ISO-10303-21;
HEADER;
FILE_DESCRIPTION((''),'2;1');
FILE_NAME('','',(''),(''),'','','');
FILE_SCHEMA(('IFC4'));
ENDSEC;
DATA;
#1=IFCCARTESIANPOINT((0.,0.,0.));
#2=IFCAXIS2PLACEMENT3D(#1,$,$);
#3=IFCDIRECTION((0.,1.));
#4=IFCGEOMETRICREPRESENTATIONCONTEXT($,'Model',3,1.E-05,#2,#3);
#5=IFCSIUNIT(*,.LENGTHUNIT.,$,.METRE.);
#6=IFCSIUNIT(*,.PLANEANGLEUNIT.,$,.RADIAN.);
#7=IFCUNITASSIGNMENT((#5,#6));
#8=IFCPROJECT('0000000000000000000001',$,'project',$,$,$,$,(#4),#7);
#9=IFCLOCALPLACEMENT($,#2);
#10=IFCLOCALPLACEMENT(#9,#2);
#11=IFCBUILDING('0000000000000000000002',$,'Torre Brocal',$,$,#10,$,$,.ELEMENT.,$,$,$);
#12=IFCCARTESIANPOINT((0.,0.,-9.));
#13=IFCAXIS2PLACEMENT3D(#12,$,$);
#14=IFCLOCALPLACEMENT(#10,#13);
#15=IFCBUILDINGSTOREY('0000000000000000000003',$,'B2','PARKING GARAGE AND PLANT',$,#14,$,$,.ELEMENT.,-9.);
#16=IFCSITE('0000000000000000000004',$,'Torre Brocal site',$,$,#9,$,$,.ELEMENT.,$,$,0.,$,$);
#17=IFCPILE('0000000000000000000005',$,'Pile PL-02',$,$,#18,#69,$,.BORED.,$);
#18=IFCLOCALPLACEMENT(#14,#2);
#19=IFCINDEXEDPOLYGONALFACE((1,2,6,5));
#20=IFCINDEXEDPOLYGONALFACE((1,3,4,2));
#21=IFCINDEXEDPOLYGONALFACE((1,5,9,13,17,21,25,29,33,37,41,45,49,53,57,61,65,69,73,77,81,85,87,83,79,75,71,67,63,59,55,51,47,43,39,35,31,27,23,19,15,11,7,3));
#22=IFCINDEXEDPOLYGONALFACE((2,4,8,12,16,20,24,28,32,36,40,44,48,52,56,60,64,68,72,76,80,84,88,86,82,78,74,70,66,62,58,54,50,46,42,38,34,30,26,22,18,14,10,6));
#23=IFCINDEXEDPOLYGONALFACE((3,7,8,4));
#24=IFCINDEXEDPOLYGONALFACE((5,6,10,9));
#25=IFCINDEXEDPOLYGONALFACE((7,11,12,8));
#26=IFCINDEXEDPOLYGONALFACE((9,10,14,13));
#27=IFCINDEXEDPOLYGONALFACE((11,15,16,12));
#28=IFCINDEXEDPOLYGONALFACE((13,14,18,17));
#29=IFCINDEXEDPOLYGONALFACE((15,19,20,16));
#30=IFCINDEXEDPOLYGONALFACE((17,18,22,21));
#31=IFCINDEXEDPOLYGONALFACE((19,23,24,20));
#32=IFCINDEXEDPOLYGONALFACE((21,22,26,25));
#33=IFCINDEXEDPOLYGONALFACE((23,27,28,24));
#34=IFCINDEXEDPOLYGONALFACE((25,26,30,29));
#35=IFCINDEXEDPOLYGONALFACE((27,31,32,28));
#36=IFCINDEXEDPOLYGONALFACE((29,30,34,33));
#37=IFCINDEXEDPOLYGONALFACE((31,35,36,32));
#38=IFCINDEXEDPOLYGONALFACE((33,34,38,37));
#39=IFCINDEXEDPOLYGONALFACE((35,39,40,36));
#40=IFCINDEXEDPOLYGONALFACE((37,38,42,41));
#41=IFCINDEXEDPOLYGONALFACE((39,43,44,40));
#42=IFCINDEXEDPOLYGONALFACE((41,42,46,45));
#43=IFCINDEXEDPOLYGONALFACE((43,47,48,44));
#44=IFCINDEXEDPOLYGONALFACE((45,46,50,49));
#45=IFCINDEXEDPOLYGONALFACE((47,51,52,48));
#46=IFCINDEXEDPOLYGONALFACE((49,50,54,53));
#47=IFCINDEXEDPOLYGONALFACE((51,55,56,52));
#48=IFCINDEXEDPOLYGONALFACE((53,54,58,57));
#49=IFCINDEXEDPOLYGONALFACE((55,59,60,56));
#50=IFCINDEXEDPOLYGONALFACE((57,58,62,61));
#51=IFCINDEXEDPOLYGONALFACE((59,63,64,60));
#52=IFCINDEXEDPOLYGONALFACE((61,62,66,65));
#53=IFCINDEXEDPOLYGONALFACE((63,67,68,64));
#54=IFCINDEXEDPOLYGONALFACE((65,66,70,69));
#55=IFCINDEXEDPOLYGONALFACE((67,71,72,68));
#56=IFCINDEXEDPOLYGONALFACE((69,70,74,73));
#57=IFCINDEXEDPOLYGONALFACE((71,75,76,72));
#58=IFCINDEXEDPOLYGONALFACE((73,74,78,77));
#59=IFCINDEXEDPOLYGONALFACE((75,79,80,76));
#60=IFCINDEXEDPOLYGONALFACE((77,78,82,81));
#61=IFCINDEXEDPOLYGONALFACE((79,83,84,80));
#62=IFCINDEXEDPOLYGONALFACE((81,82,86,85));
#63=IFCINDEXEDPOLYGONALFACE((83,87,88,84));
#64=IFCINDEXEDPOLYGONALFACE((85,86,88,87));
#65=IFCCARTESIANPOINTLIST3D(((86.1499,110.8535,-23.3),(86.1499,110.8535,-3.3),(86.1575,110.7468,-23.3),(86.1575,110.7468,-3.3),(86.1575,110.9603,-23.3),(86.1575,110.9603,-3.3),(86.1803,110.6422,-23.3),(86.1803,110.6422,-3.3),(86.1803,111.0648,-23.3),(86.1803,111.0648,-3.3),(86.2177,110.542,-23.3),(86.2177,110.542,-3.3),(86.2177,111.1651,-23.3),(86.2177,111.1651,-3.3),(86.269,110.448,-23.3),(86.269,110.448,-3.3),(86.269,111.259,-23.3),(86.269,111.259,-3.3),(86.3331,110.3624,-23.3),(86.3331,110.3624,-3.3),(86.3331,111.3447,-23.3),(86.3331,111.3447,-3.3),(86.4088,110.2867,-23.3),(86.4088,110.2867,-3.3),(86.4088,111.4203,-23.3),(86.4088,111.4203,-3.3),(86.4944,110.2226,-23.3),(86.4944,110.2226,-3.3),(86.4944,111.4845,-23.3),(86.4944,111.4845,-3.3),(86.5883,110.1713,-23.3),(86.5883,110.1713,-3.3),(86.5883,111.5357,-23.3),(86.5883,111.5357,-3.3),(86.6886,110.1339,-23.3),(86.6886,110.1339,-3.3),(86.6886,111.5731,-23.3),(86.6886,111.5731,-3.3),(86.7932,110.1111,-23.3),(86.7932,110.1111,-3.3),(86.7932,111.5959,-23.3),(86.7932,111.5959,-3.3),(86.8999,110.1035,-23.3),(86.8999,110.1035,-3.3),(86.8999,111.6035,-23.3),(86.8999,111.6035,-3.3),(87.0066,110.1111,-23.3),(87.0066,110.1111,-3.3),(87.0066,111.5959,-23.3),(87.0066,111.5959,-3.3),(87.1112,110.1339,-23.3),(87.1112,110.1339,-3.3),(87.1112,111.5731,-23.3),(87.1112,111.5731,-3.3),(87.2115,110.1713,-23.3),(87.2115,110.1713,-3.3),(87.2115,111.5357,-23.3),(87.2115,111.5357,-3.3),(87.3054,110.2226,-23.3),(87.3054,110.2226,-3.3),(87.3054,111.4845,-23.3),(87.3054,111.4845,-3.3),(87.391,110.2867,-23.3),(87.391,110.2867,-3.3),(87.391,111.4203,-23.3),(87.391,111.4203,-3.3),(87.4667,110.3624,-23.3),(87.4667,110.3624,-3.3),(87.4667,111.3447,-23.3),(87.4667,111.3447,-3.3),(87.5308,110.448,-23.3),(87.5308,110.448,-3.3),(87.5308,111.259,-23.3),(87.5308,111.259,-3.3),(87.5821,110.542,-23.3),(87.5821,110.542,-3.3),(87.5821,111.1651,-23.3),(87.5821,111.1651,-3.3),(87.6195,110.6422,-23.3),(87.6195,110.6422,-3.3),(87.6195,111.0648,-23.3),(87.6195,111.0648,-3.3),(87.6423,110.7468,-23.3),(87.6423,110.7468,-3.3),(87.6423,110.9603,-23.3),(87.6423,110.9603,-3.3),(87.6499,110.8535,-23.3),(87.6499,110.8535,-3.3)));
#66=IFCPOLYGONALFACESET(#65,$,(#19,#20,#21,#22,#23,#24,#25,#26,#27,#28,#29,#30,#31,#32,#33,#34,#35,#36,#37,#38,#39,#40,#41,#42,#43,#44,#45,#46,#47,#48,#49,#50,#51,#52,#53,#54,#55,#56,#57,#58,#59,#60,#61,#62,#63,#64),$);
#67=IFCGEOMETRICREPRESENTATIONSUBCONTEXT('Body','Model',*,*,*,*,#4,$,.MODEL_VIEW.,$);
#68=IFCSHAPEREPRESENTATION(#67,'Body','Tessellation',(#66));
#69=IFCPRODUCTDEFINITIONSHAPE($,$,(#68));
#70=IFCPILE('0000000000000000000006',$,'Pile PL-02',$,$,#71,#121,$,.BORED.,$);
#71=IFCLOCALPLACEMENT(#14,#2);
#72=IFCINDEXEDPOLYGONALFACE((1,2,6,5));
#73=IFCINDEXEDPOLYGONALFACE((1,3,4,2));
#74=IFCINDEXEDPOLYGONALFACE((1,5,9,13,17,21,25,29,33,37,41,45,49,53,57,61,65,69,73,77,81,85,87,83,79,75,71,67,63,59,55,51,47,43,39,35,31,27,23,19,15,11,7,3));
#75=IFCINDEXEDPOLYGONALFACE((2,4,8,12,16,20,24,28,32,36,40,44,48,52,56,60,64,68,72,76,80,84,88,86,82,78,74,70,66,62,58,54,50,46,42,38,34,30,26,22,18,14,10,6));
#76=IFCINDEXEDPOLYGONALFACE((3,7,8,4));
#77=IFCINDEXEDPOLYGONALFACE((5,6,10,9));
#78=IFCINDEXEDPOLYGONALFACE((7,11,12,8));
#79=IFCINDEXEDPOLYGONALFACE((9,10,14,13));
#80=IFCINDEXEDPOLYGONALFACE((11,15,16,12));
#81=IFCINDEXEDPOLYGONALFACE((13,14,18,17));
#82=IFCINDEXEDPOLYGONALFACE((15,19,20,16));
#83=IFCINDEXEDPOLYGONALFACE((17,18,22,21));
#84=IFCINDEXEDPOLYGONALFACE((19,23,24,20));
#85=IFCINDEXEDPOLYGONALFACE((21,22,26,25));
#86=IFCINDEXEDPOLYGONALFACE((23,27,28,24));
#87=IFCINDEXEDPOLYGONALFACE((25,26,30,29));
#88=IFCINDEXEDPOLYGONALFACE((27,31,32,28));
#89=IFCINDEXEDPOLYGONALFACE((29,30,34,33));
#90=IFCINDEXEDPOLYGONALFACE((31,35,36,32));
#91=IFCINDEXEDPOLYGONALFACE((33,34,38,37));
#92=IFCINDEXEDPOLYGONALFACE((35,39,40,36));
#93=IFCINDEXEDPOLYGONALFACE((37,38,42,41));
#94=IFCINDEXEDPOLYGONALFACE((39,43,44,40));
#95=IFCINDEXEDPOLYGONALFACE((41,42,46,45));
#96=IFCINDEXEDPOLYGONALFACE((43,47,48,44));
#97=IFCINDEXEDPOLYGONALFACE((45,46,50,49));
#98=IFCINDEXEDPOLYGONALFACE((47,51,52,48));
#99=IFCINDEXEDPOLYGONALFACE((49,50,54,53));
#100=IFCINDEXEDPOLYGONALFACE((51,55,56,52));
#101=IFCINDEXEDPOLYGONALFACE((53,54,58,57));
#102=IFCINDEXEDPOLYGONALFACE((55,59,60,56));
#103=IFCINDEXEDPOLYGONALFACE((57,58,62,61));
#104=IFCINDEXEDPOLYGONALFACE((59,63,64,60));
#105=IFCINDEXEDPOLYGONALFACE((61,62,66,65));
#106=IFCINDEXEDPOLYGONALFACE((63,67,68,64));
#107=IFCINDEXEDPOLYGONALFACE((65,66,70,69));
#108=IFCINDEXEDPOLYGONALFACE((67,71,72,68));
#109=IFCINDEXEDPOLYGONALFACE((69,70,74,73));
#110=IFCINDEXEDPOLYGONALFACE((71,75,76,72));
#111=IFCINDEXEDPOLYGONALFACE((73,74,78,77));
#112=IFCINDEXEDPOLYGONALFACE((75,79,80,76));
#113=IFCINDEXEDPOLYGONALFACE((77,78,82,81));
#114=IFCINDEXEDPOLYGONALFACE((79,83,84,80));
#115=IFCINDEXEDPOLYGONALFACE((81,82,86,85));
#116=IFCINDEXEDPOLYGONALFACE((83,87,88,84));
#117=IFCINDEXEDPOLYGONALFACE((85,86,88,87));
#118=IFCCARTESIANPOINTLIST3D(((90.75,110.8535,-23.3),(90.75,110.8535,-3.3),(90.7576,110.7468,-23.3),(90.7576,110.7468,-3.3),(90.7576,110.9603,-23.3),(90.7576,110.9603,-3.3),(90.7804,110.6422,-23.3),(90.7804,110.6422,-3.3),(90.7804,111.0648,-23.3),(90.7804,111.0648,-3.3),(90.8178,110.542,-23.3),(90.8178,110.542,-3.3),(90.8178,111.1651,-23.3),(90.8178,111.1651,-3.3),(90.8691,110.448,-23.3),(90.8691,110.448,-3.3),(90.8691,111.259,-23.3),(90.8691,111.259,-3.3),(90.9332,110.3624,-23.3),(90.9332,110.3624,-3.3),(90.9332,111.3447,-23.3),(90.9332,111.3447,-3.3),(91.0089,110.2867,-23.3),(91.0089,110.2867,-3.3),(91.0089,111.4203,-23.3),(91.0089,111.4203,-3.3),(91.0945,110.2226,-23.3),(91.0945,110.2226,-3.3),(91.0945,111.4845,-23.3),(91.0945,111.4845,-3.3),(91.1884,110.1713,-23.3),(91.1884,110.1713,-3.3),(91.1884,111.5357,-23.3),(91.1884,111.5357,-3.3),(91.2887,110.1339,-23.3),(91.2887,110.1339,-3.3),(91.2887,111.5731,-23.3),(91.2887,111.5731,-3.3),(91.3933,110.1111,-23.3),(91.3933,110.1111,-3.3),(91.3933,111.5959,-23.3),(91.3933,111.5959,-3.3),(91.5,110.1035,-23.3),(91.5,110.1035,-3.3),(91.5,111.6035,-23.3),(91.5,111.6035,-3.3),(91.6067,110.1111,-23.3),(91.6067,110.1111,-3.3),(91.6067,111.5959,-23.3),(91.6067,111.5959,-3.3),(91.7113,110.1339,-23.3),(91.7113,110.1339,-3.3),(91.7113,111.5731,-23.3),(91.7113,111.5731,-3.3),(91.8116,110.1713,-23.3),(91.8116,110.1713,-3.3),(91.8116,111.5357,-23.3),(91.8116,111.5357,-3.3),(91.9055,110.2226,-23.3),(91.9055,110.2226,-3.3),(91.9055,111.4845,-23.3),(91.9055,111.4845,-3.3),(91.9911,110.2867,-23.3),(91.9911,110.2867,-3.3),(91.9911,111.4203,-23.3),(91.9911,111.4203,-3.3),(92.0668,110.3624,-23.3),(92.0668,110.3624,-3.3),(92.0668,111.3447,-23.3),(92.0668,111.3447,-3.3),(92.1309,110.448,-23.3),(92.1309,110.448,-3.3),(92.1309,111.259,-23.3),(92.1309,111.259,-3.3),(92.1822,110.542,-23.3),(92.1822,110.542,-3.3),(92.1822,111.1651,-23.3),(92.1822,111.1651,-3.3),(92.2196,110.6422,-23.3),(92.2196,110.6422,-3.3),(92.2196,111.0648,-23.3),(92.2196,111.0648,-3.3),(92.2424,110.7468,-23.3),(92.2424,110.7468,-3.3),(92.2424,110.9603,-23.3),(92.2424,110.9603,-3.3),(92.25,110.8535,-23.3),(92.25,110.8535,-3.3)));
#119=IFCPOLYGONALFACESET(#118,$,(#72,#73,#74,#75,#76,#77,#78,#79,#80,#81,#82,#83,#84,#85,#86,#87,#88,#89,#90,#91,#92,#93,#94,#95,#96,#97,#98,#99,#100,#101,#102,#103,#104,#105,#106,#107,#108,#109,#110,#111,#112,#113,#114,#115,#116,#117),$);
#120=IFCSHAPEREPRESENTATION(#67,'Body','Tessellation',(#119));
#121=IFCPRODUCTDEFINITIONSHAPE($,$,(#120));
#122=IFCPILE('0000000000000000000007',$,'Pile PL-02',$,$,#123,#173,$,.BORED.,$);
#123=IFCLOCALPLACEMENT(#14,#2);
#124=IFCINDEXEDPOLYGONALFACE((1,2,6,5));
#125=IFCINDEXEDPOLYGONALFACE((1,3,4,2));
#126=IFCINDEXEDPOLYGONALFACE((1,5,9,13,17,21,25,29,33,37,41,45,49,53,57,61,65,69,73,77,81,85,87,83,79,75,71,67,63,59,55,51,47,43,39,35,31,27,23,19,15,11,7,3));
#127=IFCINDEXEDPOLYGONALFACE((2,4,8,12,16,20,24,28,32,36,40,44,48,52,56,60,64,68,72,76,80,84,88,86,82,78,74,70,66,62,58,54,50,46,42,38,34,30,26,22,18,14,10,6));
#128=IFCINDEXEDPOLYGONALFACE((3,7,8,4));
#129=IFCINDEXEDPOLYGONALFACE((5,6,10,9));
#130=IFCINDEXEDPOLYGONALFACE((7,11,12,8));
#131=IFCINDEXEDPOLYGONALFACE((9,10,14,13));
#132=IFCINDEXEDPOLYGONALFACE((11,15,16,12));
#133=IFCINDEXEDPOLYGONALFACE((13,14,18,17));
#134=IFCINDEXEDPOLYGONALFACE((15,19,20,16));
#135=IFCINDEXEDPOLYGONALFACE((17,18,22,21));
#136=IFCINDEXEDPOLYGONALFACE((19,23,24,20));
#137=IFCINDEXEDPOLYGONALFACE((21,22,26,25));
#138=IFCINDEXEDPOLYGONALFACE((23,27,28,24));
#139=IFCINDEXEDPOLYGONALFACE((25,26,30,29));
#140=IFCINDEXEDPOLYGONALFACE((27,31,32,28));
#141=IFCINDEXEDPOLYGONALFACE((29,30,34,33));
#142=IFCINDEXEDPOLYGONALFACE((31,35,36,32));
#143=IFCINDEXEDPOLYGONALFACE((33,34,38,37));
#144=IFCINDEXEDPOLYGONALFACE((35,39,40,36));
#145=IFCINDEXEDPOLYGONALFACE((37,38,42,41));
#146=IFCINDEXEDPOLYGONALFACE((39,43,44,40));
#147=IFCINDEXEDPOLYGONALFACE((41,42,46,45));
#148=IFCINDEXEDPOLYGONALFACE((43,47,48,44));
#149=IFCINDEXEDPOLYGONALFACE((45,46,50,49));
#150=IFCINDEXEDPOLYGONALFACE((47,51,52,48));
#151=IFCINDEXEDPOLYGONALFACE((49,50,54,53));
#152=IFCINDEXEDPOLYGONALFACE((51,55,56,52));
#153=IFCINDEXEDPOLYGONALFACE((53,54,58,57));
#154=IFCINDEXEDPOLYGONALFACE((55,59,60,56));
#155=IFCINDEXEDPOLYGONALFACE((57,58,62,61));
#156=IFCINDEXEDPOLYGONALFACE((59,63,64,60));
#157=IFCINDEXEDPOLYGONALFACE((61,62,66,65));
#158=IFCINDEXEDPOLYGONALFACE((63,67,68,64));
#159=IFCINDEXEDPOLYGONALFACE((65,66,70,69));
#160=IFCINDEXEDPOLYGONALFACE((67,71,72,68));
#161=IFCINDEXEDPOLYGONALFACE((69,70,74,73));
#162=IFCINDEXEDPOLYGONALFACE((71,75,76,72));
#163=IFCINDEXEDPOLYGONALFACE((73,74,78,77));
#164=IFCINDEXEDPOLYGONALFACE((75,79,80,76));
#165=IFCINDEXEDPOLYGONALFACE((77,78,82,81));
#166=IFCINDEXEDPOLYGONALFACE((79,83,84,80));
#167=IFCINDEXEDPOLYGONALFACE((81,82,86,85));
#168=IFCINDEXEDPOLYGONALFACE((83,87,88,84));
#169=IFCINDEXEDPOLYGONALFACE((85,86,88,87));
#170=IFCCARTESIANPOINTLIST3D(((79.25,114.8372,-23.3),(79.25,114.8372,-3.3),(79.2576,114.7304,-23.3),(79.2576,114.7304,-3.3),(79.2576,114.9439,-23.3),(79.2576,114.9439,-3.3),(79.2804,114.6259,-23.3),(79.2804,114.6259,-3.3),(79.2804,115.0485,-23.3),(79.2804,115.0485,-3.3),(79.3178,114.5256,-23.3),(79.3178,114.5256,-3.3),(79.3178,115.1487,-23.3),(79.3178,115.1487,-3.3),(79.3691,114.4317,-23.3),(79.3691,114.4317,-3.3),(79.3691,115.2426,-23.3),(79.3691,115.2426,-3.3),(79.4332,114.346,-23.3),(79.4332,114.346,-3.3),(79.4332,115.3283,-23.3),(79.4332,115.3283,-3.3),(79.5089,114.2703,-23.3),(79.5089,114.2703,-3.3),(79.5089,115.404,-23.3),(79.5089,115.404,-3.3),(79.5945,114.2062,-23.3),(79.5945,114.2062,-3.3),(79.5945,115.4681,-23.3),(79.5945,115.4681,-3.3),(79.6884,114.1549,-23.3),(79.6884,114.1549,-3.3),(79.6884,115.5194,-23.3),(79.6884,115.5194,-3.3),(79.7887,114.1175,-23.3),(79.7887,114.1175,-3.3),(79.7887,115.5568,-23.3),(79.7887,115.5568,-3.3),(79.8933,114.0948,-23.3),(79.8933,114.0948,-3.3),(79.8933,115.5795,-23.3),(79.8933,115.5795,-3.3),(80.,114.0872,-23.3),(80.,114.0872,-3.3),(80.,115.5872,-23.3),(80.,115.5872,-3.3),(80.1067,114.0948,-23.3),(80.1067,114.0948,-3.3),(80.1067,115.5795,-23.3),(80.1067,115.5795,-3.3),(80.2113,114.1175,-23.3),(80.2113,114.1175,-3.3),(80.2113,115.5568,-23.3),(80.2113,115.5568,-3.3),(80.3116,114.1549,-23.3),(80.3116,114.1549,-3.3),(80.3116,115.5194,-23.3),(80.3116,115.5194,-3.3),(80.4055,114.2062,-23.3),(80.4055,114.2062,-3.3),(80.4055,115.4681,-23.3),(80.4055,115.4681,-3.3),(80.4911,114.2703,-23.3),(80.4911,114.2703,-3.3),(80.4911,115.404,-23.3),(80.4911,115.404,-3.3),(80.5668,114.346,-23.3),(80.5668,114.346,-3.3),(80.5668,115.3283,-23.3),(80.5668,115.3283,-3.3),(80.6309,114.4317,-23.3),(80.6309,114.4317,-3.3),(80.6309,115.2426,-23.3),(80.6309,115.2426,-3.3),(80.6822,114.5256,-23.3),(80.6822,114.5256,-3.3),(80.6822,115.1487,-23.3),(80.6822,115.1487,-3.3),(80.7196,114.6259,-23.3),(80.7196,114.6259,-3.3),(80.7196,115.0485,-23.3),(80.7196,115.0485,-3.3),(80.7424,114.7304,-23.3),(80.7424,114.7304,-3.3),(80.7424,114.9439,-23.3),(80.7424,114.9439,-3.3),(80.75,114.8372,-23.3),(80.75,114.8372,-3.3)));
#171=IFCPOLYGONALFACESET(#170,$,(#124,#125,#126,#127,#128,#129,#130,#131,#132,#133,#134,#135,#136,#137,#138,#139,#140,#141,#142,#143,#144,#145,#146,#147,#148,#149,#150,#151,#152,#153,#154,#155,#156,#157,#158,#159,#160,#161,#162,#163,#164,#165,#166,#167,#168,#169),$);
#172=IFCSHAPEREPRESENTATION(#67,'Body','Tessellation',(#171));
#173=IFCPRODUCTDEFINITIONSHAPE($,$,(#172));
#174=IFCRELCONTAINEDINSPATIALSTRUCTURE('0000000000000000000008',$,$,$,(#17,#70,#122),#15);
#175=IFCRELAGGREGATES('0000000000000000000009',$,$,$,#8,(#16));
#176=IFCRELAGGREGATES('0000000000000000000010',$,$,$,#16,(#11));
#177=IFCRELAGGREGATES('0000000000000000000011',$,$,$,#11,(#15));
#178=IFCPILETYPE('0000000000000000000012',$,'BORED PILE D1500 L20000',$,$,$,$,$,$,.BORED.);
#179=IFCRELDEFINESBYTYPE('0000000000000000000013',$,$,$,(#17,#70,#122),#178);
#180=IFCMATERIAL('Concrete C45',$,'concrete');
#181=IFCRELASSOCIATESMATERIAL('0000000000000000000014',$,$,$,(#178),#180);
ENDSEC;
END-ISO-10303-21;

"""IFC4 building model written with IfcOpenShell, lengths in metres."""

from ifc_helpers import new_model, si_unit, direction, frame, origin, origin_2d, place, context, subcontext, project, spatial, circle, extrude, material, material_profile, profile_set, type_object, element, save


model = new_model("IFC4")

# Units and contexts
model_context = context("Model", 3, precision=1e-05, world=origin(), true_north=direction((0.0, 1.0)))
body_context = subcontext(model_context, "Body", "Model", "MODEL_VIEW")
ifc_project = project(units=[si_unit("LENGTHUNIT", "METRE"), si_unit("PLANEANGLEUNIT", "RADIAN")], contexts=[model_context])

# Site, building, storey
site_placement = place(None, origin())
site = spatial("IfcSite", under=ifc_project, at=site_placement, Name="Torre Brocal site", CompositionType="ELEMENT", RefElevation=0.0)
building_placement = place(site_placement, origin())
building = spatial("IfcBuilding", under=site, at=building_placement, Name="Torre Brocal", CompositionType="ELEMENT")
storey_placement = place(building_placement, frame((0.0, 0.0, -9.0)))
storey = spatial("IfcBuildingStorey", under=building, at=storey_placement, Name="B2", Description="PARKING GARAGE AND PLANT", CompositionType="ELEMENT", Elevation=-9.0)

# Piles
ifc_material_1 = material(Name="Concrete C45", Category="concrete")
ifc_material_profile_1 = material_profile(ifc_material_1, circle(Radius=0.75, at=origin_2d()), Name="BORED PILE D1500")
ifc_profile_set_1 = profile_set([ifc_material_profile_1], Name="Concrete C45")
pile_type_1 = type_object("IfcPileType", Name="BORED PILE D1500 L20000", PredefinedType="BORED", material=ifc_profile_set_1)
for number, where, z_axis, x_axis, name in (
    (1, (86.8999, 110.8535, -3.3), (0.0, 0.0, -1.0), (1.0, 0.0, 0.0), "Pile PL-02"),
    (2, (91.5, 110.8535, -3.3), (0.0, 0.0, -1.0), (1.0, 0.0, 0.0), "Pile PL-02"),
    (3, (80.0, 114.8372, -3.3), (0.0, 0.0, -1.0), (1.0, 0.0, 0.0), "Pile PL-02"),
):
    element("IfcPile", number, at=place(storey_placement, frame(where, z_axis=z_axis, x_axis=x_axis)), inside=storey, type_object=pile_type_1, Name=name, PredefinedType="BORED", context=body_context, shape_type="SweptSolid", body=[
        extrude(circle(Radius=0.75, at=origin_2d()), origin(), (0.0, 0.0, 1.0), 20.0),
    ])

save(model, "model.ifc")
